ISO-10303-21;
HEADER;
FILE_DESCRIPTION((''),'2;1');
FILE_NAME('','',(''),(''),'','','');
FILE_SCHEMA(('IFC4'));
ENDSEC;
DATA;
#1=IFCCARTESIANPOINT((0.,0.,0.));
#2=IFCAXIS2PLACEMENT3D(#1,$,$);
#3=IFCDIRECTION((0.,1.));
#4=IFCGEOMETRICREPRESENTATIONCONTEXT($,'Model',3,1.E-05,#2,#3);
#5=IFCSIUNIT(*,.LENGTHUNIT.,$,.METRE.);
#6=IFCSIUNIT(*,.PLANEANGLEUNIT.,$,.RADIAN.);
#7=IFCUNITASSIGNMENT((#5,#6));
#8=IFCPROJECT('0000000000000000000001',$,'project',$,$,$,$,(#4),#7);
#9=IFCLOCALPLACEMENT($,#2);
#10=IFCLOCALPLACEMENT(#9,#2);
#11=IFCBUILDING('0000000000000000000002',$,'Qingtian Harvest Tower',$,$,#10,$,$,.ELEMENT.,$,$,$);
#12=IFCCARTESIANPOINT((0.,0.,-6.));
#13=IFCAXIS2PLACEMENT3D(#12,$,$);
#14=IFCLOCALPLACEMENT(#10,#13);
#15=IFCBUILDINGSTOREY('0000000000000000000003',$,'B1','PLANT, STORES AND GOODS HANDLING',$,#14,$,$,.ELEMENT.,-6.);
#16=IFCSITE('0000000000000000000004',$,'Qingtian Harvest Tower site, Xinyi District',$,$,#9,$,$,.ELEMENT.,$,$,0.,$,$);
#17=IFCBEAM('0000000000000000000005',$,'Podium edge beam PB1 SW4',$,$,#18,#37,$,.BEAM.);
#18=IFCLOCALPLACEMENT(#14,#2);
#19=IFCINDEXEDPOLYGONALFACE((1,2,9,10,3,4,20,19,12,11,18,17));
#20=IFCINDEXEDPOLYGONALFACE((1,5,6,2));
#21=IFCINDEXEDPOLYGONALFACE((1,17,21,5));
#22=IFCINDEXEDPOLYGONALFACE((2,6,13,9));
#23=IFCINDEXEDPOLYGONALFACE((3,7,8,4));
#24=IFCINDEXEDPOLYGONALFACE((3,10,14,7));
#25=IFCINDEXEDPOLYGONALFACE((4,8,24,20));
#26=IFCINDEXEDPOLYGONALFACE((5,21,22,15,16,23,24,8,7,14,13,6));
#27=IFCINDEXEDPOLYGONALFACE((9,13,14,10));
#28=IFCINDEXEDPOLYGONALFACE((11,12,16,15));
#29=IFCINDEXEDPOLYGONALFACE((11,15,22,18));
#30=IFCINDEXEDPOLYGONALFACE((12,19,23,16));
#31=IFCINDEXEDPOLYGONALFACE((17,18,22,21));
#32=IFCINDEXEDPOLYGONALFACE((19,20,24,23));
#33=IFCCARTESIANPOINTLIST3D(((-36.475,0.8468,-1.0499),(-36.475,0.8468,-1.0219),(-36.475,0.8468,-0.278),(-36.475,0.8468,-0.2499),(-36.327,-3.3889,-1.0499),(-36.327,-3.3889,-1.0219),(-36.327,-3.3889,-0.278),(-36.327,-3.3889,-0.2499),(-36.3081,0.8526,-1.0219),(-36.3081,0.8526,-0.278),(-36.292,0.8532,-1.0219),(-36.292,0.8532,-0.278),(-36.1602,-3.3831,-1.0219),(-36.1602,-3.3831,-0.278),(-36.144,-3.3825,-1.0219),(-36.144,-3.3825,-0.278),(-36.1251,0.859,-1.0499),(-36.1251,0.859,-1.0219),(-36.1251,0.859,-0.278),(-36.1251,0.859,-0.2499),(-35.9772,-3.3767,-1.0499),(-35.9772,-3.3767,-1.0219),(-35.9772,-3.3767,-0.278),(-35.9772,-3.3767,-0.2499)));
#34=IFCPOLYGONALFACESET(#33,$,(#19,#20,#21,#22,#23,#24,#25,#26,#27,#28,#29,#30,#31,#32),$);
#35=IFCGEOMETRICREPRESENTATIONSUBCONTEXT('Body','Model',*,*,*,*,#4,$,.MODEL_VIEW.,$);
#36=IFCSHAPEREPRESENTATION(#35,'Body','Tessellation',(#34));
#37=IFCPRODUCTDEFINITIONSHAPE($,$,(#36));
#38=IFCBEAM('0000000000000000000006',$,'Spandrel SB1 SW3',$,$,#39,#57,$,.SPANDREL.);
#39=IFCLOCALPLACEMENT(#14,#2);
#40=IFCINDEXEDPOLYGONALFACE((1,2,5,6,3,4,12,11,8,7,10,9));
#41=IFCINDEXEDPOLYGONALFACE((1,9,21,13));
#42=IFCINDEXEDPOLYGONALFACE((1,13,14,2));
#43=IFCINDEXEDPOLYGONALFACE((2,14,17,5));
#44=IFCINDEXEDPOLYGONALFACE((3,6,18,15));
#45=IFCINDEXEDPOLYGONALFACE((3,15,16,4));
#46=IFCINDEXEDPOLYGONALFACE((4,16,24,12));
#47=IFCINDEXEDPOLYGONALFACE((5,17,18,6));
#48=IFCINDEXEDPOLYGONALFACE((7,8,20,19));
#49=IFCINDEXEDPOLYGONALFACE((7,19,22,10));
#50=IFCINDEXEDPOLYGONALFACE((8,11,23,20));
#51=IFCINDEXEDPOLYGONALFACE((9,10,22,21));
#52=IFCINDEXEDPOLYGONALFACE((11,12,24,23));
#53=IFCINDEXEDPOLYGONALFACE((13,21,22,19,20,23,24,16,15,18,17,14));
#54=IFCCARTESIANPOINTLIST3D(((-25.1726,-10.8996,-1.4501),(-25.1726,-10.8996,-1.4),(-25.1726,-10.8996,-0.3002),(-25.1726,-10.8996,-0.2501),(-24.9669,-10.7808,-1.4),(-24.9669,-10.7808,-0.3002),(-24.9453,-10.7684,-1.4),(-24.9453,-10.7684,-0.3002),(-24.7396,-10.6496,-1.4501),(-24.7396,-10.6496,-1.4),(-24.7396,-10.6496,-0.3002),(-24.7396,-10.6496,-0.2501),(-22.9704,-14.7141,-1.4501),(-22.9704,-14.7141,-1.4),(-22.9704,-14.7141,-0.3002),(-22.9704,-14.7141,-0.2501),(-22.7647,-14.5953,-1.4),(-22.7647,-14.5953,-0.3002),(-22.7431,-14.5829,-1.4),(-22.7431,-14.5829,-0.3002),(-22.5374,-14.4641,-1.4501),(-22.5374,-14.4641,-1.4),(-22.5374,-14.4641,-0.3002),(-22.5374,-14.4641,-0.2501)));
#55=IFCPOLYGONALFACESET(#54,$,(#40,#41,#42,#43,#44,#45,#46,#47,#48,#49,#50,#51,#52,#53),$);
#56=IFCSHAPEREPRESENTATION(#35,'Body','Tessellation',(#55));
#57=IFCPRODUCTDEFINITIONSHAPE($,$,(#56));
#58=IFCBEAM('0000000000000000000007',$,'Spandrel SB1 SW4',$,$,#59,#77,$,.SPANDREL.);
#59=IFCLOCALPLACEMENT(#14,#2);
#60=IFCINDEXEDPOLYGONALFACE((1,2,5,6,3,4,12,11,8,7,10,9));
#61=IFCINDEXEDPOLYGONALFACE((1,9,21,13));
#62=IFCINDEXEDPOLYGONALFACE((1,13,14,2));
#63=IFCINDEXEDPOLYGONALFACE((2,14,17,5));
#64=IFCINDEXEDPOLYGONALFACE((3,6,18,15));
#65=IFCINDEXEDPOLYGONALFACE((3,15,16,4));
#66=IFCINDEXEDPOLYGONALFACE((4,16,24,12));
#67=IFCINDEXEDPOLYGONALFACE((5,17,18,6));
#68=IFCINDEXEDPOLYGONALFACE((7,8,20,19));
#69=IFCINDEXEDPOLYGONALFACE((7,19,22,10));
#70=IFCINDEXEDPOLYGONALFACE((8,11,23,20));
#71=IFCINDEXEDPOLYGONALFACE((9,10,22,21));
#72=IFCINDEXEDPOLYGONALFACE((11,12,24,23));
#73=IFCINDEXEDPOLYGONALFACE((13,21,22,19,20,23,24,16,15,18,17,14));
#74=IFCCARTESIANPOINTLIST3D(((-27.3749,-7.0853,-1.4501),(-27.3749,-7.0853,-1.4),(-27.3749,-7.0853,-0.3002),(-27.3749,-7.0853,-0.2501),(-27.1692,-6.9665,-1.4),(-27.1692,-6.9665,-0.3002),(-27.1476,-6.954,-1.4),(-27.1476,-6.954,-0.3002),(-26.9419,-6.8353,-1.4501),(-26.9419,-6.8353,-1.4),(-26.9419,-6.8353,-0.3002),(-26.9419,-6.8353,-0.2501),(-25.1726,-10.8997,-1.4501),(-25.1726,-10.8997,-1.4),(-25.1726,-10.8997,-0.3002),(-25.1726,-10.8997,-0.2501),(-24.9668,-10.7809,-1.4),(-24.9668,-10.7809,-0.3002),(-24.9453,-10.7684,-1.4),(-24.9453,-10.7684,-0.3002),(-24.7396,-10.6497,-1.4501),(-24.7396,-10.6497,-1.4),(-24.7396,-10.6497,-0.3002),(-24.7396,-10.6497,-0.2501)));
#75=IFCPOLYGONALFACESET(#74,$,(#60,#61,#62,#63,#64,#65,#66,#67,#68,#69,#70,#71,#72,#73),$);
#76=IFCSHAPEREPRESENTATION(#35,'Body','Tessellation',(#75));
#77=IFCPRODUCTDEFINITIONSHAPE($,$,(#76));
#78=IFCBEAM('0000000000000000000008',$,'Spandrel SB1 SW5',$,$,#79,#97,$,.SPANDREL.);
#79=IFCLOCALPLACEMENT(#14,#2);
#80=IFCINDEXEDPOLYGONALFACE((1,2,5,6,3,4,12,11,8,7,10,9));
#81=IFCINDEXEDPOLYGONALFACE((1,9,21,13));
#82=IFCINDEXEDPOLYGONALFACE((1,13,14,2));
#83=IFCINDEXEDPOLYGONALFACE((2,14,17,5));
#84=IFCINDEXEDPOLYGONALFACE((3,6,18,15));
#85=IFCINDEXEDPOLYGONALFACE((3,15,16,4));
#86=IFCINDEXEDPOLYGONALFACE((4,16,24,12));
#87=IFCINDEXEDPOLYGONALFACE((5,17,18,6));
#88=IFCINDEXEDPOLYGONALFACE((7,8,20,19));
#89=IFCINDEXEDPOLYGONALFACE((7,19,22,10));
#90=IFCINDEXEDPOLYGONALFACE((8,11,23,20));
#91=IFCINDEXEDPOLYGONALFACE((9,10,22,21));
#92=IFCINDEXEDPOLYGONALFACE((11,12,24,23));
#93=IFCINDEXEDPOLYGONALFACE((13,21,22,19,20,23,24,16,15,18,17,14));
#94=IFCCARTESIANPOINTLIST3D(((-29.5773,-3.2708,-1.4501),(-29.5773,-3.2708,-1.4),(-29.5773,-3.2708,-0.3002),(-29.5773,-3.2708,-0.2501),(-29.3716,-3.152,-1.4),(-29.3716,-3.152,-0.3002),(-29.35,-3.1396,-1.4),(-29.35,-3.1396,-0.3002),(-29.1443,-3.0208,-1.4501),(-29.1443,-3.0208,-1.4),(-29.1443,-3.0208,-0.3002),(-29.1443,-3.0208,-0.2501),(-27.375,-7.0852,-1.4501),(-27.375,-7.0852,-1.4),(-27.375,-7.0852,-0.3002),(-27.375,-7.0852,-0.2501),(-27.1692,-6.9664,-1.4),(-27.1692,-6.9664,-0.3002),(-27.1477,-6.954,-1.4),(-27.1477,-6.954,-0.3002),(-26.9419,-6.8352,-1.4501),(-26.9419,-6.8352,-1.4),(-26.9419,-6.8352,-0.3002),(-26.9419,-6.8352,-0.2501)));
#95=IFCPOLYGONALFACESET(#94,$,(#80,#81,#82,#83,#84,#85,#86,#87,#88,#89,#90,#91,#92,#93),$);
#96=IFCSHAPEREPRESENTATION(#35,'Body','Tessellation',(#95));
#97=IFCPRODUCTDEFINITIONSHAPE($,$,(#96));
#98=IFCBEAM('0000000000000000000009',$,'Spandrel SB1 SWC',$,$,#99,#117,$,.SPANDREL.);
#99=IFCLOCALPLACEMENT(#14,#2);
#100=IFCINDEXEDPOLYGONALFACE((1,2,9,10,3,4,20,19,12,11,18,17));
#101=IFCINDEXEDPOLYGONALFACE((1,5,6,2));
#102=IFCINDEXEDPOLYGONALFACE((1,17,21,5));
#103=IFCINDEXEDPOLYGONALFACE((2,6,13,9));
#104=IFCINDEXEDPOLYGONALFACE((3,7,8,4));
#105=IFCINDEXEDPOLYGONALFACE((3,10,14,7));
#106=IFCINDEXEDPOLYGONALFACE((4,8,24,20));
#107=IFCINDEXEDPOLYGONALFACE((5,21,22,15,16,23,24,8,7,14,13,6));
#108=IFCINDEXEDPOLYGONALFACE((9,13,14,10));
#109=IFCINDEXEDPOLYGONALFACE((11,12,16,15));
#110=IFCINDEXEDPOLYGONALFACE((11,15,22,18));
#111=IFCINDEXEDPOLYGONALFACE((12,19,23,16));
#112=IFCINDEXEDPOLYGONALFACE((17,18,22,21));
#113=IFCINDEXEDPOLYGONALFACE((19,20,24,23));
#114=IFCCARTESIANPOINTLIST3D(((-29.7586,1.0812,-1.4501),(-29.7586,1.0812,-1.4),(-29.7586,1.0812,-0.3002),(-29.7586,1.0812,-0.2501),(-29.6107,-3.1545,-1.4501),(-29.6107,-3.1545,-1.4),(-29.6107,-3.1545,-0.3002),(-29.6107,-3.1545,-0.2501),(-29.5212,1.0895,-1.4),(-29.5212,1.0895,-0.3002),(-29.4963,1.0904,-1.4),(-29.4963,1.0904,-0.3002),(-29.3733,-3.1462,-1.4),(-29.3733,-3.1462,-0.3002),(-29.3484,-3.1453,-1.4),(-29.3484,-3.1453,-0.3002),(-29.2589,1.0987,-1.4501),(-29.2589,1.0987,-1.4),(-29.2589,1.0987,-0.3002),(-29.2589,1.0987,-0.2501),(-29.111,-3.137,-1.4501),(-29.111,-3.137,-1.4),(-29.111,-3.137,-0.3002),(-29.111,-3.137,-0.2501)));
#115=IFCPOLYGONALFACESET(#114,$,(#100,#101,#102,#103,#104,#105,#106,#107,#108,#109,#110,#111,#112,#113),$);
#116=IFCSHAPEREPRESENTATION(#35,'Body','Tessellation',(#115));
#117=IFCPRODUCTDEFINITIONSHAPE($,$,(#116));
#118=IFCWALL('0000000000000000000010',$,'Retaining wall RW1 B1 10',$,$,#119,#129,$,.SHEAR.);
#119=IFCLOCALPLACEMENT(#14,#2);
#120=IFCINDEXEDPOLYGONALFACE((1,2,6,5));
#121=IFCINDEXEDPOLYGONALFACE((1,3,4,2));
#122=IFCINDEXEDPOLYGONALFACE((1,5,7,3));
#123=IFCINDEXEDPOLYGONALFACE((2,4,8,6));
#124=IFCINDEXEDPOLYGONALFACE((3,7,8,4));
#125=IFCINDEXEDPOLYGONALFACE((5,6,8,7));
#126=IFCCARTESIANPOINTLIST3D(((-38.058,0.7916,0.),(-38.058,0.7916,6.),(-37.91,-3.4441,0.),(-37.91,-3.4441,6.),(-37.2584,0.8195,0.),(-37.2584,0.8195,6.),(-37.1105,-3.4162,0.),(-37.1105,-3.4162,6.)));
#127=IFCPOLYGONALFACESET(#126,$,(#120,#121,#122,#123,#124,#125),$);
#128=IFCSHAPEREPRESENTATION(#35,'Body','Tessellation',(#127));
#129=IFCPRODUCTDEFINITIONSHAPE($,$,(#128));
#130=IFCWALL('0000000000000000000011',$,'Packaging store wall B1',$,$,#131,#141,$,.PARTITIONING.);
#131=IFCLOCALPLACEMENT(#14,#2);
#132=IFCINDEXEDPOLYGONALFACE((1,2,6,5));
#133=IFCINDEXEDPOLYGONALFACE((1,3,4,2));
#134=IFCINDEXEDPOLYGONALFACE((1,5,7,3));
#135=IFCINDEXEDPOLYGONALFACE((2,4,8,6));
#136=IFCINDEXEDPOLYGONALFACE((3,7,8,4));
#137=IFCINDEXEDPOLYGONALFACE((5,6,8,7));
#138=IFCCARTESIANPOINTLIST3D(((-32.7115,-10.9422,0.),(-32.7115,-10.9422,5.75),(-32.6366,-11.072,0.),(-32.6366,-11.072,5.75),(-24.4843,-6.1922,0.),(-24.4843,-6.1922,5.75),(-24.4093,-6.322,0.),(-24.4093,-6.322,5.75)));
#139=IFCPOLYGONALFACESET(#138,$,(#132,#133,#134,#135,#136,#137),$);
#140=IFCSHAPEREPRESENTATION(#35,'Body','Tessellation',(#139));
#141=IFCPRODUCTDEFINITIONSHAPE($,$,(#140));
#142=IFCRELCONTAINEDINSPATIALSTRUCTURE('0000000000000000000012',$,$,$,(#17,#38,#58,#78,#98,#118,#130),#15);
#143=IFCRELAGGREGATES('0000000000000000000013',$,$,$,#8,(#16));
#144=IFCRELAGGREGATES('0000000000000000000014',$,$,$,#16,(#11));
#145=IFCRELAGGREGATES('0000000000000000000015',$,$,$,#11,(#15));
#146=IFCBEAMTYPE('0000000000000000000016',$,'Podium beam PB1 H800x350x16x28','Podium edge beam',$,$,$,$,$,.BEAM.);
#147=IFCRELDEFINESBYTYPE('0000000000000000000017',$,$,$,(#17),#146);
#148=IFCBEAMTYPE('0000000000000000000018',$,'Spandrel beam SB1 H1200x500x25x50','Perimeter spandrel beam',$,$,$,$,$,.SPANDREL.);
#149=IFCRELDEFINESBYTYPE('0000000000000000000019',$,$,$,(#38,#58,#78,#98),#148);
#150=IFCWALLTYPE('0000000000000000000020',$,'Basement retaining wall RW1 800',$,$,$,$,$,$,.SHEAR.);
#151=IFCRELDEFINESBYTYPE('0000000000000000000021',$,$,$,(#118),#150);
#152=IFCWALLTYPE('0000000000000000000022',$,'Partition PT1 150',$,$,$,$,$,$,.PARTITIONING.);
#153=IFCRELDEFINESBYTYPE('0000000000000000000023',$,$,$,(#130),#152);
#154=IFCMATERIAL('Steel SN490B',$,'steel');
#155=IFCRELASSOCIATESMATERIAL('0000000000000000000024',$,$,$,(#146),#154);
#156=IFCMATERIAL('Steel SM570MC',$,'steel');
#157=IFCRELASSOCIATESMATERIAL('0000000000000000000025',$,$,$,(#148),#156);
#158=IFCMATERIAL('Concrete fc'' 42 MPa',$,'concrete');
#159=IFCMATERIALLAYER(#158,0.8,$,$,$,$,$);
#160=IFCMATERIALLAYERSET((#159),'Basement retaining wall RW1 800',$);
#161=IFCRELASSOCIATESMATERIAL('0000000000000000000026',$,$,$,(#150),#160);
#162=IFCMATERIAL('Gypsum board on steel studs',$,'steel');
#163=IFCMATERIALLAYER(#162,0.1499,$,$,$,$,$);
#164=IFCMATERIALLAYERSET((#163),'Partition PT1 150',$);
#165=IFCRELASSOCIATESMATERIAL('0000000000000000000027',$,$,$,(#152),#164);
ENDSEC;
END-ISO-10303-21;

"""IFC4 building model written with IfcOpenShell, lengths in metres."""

from ifc_helpers import new_model, si_unit, direction, frame, frame_2d, origin, origin_2d, place, context, subcontext, project, spatial, rectangle, i_section, extrude, material, layer, layer_set, material_profile, profile_set, type_object, element, save


model = new_model("IFC4")

# Units and contexts
model_context = context("Model", 3, precision=1e-05, world=origin(), true_north=direction((0.0, 1.0)))
body_context = subcontext(model_context, "Body", "Model", "MODEL_VIEW")
ifc_project = project(units=[si_unit("LENGTHUNIT", "METRE"), si_unit("PLANEANGLEUNIT", "RADIAN")], contexts=[model_context])

# Site, building, storey
site_placement = place(None, origin())
site = spatial("IfcSite", under=ifc_project, at=site_placement, Name="Qingtian Harvest Tower site, Xinyi District", CompositionType="ELEMENT", RefElevation=0.0)
building_placement = place(site_placement, origin())
building = spatial("IfcBuilding", under=site, at=building_placement, Name="Qingtian Harvest Tower", CompositionType="ELEMENT")
storey_placement = place(building_placement, frame((0.0, 0.0, -6.0)))
storey = spatial("IfcBuildingStorey", under=building, at=storey_placement, Name="B1", Description="PLANT, STORES AND GOODS HANDLING", CompositionType="ELEMENT", Elevation=-6.0)

# Beams
ifc_material_1 = material(Name="Steel SN490B", Category="steel")
ifc_material_profile_1 = material_profile(ifc_material_1, i_section(OverallWidth=0.3501, OverallDepth=0.8, WebThickness=0.0161, FlangeThickness=0.0281, at=origin_2d()), Name="H800x350x16x28")
ifc_profile_set_1 = profile_set([ifc_material_profile_1], Name="Steel SN490B")
beam_type_1 = type_object("IfcBeamType", Name="Podium beam PB1 H800x350x16x28", Description="Podium edge beam", PredefinedType="BEAM", material=ifc_profile_set_1)
beam_1_placement = place(storey_placement, frame((-36.1521, -3.3828, -0.6499), z_axis=(-0.034909, 0.999391, 0.0), x_axis=(-0.999391, -0.034909, 0.0)))
element("IfcBeam", 1, at=beam_1_placement, inside=storey, type_object=beam_type_1, Name="Podium edge beam PB1 SW4", PredefinedType="BEAM", context=body_context, shape_type="SweptSolid", body=[
    extrude(i_section(OverallWidth=0.3501, OverallDepth=0.8, WebThickness=0.0161, FlangeThickness=0.0281, at=origin_2d()), origin(), (0.0, 0.0, 1.0), 4.2383),
])
ifc_material_2 = material(Name="Steel SM570MC", Category="steel")
ifc_material_profile_2 = material_profile(ifc_material_2, i_section(OverallWidth=0.5, OverallDepth=1.2, WebThickness=0.0249, FlangeThickness=0.05, at=origin_2d()), Name="H1200x500x25x50")
ifc_profile_set_2 = profile_set([ifc_material_profile_2], Name="Steel SM570MC")
beam_type_2 = type_object("IfcBeamType", Name="Spandrel beam SB1 H1200x500x25x50", Description="Perimeter spandrel beam", PredefinedType="SPANDREL", material=ifc_profile_set_2)
for number, where, z_axis, x_axis, name in (
    (2, (-22.7539, -14.5891, -0.8501), (-0.499978, 0.866038, 0.0), (-0.866038, -0.499978, 0.0), "Spandrel SB1 SW3"),
    (3, (-24.9561, -10.7747, -0.8501), (-0.50002, 0.866014, 0.0), (-0.866014, -0.50002, 0.0), "Spandrel SB1 SW4"),
    (4, (-27.1584, -6.9602, -0.8501), (-0.50002, 0.866014, 0.0), (-0.866014, -0.50002, 0.0), "Spandrel SB1 SW5"),
):
    element("IfcBeam", number, at=place(storey_placement, frame(where, z_axis=z_axis, x_axis=x_axis)), inside=storey, type_object=beam_type_2, Name=name, PredefinedType="SPANDREL", context=body_context, shape_type="SweptSolid", body=[
        extrude(i_section(OverallWidth=0.5, OverallDepth=1.2, WebThickness=0.0249, FlangeThickness=0.05, at=origin_2d()), origin(), (0.0, 0.0, 1.0), 4.4045),
    ])
beam_2_placement = place(storey_placement, frame((-29.3608, -3.1458, -0.8501), z_axis=(-0.034909, 0.999391, 0.0), x_axis=(-0.999391, -0.034909, 0.0)))
element("IfcBeam", 5, at=beam_2_placement, inside=storey, type_object=beam_type_2, Name="Spandrel SB1 SWC", PredefinedType="SPANDREL", context=body_context, shape_type="SweptSolid", body=[
    extrude(i_section(OverallWidth=0.5, OverallDepth=1.2, WebThickness=0.0249, FlangeThickness=0.05, at=origin_2d()), origin(), (0.0, 0.0, 1.0), 4.2383),
])

# Walls
ifc_material_3 = material(Name="Concrete fc' 42 MPa", Category="concrete")
ifc_layer_1 = layer(ifc_material_3, 0.8)
ifc_layer_set_1 = layer_set([ifc_layer_1], Name="Basement retaining wall RW1 800")
wall_type_1 = type_object("IfcWallType", Name="Basement retaining wall RW1 800", PredefinedType="SHEAR", material=ifc_layer_set_1)
wall_1_placement = place(storey_placement, frame((-37.5103, -3.4302, 0.0), z_axis=(0.0, 0.0, 1.0), x_axis=(-0.034909, 0.999391, 0.0)))
element("IfcWall", 6, at=wall_1_placement, inside=storey, type_object=wall_type_1, Name="Retaining wall RW1 B1 10", PredefinedType="SHEAR", context=body_context, shape_type="SweptSolid", body=[
    extrude(rectangle(XDim=4.2383, YDim=0.8, at=frame_2d((2.1191, 0.0))), origin(), (0.0, 0.0, 1.0), 6.0),
])
ifc_material_4 = material(Name="Gypsum board on steel studs", Category="steel")
ifc_layer_2 = layer(ifc_material_4, 0.1499)
ifc_layer_set_2 = layer_set([ifc_layer_2], Name="Partition PT1 150")
wall_type_2 = type_object("IfcWallType", Name="Partition PT1 150", PredefinedType="PARTITIONING", material=ifc_layer_set_2)
wall_2_placement = place(storey_placement, frame((-32.6741, -11.0071, 0.0), z_axis=(0.0, 0.0, 1.0), x_axis=(0.866027, 0.499998, 0.0)))
element("IfcWall", 7, at=wall_2_placement, inside=storey, type_object=wall_type_2, Name="Packaging store wall B1", PredefinedType="PARTITIONING", context=body_context, shape_type="SweptSolid", body=[
    extrude(rectangle(XDim=9.5, YDim=0.1499, at=frame_2d((4.75, 0.0))), origin(), (0.0, 0.0, 1.0), 5.75),
])

save(model, "model.ifc")
